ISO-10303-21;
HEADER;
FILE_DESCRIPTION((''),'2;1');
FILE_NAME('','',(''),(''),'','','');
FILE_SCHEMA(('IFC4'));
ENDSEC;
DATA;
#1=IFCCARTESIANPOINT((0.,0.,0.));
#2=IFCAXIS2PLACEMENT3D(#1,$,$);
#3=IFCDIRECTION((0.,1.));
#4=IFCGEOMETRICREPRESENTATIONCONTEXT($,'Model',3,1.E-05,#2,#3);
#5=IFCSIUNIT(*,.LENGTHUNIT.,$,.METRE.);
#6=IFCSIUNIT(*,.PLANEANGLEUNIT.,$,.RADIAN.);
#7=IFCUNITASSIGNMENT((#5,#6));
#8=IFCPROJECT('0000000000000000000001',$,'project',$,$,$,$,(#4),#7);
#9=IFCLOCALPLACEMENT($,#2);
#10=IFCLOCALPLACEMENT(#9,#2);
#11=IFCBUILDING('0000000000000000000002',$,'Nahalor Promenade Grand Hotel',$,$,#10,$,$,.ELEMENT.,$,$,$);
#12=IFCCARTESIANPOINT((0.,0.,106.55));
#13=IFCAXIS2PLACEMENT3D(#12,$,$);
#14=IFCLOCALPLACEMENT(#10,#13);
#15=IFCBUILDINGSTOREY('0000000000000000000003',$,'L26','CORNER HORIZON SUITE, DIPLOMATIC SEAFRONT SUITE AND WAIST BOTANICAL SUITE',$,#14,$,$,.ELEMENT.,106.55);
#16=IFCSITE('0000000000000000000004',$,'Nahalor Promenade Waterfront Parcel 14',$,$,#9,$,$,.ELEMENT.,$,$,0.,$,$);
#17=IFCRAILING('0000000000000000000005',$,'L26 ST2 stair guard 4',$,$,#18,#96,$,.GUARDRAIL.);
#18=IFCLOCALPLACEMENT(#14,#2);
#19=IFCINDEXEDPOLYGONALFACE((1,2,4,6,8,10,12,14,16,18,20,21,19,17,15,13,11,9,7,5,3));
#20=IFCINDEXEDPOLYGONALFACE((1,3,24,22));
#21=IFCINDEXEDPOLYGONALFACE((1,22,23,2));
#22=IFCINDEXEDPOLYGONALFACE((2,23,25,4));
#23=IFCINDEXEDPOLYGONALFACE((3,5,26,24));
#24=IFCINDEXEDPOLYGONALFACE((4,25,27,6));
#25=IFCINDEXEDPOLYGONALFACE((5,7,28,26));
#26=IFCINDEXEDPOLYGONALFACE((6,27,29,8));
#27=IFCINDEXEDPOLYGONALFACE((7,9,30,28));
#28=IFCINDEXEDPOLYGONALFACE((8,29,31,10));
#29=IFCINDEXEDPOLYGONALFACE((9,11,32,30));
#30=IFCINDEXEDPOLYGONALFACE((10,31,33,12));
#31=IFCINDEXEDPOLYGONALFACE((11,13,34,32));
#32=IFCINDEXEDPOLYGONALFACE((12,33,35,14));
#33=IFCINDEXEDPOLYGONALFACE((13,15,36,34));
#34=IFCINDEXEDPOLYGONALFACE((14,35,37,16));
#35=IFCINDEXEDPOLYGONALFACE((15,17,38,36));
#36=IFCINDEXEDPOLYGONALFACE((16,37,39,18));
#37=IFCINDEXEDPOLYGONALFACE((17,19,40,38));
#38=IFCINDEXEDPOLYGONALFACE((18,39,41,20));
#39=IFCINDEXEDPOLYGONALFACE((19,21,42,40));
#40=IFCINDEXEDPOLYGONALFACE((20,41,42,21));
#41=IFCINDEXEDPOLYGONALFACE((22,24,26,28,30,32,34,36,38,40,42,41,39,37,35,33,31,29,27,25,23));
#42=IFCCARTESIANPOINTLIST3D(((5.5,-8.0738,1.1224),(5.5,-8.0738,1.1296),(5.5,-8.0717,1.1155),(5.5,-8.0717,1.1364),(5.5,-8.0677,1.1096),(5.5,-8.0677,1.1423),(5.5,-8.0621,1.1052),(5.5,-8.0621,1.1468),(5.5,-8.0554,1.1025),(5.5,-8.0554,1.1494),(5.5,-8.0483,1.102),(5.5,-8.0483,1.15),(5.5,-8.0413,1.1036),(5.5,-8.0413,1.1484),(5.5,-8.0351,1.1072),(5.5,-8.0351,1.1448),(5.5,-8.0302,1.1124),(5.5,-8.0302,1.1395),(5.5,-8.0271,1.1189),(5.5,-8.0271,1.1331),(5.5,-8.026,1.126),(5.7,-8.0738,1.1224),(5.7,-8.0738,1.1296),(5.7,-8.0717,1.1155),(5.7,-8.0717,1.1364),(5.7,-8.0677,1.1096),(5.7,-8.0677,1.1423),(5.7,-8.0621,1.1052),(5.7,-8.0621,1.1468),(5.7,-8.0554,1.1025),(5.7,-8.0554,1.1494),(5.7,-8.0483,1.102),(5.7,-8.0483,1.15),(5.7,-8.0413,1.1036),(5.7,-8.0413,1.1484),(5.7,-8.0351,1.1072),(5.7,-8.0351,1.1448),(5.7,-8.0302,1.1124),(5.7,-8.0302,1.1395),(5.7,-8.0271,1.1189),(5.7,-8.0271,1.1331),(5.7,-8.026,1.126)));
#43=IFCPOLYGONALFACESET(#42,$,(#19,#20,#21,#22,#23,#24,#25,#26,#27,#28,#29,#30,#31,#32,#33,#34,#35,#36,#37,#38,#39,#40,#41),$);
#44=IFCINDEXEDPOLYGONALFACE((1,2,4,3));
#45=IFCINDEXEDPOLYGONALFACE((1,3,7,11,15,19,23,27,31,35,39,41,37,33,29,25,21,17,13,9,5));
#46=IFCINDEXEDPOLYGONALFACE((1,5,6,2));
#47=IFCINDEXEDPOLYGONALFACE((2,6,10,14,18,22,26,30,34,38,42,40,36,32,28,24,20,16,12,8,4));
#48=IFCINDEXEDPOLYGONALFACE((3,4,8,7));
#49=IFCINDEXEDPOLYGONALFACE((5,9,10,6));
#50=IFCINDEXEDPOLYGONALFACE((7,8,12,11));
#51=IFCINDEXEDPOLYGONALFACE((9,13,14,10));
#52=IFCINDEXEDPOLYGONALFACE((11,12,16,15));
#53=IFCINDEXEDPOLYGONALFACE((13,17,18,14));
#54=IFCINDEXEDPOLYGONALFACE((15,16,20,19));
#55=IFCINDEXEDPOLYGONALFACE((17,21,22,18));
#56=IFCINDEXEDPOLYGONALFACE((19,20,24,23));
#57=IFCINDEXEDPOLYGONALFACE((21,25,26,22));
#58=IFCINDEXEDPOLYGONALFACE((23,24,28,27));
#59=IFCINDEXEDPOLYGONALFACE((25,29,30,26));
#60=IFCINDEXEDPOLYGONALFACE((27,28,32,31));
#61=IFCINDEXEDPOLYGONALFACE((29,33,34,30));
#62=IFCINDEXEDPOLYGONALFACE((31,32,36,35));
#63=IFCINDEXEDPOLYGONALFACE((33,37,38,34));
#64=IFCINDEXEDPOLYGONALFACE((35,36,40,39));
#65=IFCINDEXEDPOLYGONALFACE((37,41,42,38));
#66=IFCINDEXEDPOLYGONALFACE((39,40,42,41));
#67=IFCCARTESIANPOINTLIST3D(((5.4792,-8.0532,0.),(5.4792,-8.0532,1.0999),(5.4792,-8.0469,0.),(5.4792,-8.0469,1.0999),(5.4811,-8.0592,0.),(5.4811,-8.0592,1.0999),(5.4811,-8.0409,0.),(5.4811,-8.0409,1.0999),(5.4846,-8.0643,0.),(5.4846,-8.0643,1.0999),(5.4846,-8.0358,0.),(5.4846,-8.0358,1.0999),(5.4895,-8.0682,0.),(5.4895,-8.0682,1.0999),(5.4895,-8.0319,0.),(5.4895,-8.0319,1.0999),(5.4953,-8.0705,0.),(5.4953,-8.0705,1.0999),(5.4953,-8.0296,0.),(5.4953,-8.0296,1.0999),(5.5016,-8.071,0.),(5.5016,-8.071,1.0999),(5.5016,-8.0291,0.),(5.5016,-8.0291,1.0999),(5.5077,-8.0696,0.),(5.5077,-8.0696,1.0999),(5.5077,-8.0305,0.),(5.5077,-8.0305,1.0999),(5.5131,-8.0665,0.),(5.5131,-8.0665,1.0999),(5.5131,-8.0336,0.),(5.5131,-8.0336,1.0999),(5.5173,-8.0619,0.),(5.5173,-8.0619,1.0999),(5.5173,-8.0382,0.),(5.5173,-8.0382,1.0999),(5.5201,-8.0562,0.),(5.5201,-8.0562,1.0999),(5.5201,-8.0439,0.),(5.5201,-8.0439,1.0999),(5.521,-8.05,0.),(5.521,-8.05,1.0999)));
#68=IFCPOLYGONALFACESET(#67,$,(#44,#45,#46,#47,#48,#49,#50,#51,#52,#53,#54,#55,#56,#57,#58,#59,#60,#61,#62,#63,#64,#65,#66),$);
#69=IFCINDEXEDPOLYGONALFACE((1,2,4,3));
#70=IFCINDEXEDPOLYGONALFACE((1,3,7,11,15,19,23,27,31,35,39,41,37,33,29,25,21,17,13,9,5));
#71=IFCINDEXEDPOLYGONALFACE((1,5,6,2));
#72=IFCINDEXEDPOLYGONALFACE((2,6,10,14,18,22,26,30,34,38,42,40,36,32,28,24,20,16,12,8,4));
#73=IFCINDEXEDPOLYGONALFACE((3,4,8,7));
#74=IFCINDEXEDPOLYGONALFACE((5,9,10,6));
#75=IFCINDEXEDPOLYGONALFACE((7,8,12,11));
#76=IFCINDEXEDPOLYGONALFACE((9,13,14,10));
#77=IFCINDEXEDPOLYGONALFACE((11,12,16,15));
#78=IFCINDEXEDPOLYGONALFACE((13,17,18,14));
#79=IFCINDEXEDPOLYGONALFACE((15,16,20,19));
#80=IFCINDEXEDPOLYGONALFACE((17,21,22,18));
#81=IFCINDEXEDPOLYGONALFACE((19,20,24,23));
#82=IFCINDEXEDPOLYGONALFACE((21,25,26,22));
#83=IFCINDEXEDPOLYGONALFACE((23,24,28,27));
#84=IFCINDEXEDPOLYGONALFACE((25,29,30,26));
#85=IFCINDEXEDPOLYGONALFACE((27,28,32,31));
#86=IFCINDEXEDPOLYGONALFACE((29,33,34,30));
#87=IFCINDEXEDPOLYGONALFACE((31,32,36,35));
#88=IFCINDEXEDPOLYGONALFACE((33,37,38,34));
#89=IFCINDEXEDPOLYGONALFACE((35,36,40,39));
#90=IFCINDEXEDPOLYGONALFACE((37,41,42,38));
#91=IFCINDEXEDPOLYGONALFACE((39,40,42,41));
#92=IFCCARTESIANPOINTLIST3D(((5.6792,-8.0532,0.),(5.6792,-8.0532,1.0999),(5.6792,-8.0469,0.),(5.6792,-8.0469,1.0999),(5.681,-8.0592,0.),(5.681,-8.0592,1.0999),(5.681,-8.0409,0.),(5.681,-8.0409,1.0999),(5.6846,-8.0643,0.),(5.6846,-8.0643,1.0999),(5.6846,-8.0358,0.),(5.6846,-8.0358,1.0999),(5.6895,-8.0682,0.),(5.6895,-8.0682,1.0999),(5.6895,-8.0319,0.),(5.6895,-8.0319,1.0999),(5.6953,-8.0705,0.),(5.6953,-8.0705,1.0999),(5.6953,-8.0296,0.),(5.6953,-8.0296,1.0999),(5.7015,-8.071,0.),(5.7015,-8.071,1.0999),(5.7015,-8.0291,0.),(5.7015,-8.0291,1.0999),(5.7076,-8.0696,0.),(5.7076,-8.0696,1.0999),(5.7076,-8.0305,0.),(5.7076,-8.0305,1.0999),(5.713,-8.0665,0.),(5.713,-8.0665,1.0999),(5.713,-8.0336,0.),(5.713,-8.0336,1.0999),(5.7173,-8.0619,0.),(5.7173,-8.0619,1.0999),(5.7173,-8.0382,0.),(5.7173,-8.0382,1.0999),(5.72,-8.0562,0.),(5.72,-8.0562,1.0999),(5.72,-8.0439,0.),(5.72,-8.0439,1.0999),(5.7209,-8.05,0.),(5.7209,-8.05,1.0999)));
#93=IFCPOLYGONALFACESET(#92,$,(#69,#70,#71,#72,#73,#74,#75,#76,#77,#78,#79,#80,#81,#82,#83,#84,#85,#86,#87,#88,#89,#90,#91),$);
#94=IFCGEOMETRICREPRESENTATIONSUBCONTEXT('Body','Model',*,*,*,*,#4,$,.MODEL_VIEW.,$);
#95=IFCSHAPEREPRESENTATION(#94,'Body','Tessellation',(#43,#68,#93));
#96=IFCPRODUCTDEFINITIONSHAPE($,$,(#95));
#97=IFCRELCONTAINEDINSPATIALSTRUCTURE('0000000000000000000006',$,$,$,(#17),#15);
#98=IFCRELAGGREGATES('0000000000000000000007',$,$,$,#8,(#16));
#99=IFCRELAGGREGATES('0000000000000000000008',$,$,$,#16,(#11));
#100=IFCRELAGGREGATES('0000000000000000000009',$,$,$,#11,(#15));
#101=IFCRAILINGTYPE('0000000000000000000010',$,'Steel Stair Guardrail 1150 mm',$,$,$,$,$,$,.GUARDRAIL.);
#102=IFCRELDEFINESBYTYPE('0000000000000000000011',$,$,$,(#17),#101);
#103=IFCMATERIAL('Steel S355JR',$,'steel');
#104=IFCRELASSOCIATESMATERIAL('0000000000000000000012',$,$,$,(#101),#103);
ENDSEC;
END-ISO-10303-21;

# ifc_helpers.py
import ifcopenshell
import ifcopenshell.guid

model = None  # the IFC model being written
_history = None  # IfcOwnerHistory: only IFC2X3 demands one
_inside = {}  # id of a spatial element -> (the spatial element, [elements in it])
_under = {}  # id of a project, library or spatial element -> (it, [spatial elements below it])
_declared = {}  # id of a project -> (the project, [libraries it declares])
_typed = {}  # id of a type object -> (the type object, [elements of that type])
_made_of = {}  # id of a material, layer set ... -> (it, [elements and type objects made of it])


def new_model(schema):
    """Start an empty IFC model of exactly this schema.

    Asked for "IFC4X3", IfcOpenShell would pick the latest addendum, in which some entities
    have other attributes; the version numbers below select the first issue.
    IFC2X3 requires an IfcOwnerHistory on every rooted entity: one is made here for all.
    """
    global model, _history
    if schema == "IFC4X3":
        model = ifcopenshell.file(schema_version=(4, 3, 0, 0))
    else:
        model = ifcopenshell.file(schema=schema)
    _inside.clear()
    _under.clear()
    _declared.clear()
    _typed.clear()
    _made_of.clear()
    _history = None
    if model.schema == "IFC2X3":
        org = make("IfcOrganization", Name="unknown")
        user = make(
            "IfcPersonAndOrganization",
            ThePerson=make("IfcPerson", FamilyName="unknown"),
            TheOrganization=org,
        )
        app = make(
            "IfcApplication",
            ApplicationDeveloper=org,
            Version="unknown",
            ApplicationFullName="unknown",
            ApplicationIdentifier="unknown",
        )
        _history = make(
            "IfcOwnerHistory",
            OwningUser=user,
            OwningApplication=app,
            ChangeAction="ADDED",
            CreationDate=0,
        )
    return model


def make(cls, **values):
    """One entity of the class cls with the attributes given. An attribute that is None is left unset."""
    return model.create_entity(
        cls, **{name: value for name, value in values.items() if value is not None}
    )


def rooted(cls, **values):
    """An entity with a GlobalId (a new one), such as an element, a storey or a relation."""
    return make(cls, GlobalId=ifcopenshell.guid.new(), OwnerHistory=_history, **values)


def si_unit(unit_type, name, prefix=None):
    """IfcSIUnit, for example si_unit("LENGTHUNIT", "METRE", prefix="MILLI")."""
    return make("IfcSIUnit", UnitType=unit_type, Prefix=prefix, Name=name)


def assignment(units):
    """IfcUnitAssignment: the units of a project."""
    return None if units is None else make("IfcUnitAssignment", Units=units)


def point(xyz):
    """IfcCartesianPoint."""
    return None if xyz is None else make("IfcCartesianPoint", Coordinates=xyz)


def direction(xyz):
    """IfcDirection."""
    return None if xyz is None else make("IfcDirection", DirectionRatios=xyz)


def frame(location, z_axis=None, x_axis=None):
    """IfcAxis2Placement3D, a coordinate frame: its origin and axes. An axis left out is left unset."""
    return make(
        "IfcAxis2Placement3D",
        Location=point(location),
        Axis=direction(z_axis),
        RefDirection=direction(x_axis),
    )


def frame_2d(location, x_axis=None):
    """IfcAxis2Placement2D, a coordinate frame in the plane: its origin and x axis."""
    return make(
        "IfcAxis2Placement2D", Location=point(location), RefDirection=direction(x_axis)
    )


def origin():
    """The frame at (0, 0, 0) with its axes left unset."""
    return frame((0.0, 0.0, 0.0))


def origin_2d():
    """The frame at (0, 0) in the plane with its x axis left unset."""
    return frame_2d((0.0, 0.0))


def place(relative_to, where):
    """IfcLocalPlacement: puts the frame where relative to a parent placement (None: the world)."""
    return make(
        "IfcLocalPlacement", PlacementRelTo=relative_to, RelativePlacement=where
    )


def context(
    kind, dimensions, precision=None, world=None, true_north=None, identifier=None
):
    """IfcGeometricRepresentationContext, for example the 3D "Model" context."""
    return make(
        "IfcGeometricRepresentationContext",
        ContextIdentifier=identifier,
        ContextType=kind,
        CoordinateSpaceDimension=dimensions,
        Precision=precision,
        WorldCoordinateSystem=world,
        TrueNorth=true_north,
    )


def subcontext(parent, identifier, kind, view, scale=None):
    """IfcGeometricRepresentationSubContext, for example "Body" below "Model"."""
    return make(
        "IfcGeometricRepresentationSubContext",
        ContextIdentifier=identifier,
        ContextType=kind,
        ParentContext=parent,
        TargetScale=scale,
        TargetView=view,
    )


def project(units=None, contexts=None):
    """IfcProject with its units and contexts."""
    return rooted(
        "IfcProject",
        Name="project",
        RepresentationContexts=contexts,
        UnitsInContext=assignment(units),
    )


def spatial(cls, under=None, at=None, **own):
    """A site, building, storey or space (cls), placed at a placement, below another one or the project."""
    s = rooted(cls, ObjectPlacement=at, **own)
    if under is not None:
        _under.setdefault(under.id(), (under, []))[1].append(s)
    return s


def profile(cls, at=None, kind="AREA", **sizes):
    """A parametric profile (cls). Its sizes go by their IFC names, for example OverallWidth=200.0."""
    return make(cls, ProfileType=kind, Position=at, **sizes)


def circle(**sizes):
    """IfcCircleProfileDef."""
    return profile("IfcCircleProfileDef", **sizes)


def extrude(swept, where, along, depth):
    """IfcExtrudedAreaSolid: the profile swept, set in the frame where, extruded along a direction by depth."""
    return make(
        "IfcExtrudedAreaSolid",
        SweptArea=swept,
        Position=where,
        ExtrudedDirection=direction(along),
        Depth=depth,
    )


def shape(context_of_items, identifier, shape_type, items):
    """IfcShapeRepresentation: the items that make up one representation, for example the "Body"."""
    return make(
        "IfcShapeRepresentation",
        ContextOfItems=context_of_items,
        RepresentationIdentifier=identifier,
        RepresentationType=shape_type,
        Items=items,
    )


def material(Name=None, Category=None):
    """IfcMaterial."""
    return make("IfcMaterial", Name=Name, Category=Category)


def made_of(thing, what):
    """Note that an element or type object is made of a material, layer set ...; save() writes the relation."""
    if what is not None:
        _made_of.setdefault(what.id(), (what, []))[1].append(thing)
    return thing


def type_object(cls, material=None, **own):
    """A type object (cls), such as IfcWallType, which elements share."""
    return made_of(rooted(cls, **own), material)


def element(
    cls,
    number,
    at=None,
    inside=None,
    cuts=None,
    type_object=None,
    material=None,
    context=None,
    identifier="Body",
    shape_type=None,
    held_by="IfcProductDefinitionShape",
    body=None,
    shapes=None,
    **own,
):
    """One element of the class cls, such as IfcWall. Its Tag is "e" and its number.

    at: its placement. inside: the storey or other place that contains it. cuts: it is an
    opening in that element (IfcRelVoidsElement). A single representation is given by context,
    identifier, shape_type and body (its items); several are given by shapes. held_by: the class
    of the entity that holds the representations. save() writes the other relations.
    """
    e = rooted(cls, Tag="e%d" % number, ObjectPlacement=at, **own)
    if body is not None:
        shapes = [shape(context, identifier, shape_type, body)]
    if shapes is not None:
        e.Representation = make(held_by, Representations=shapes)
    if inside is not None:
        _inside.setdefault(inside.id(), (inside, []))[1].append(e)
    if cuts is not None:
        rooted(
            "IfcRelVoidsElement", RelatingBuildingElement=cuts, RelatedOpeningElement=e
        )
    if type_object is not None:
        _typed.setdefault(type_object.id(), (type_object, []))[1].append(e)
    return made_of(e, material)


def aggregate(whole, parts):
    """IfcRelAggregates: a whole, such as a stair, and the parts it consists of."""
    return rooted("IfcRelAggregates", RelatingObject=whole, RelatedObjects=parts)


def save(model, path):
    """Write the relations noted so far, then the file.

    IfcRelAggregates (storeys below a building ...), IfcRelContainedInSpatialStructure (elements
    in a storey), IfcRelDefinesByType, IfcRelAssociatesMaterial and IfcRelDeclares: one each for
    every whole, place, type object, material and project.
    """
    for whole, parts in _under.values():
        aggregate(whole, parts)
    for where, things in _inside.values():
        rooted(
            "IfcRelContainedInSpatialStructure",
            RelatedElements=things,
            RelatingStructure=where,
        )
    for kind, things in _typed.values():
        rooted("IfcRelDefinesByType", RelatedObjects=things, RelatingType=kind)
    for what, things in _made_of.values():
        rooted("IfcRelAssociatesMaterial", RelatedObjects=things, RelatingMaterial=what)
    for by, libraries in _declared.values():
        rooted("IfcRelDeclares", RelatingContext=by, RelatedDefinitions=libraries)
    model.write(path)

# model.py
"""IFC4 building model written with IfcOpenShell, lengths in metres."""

from ifc_helpers import new_model, si_unit, direction, frame, origin, origin_2d, place, context, subcontext, project, spatial, circle, extrude, material, type_object, element, save


model = new_model("IFC4")

# Units and contexts
model_context = context("Model", 3, precision=1e-05, world=origin(), true_north=direction((0.0, 1.0)))
body_context = subcontext(model_context, "Body", "Model", "MODEL_VIEW")
ifc_project = project(units=[si_unit("LENGTHUNIT", "METRE"), si_unit("PLANEANGLEUNIT", "RADIAN")], contexts=[model_context])

# Site, building, storey
site_placement = place(None, origin())
site = spatial("IfcSite", under=ifc_project, at=site_placement, Name="Nahalor Promenade Waterfront Parcel 14", CompositionType="ELEMENT", RefElevation=0.0)
building_placement = place(site_placement, origin())
building = spatial("IfcBuilding", under=site, at=building_placement, Name="Nahalor Promenade Grand Hotel", CompositionType="ELEMENT")
storey_placement = place(building_placement, frame((0.0, 0.0, 106.55)))
storey = spatial("IfcBuildingStorey", under=building, at=storey_placement, Name="L26", Description="CORNER HORIZON SUITE, DIPLOMATIC SEAFRONT SUITE AND WAIST BOTANICAL SUITE", CompositionType="ELEMENT", Elevation=106.55)

# Shared definitions
ifc_material_1 = material(Name="Steel S355JR", Category="steel")

# Railing
railing_type_1 = type_object("IfcRailingType", Name="Steel Stair Guardrail 1150 mm", PredefinedType="GUARDRAIL", material=ifc_material_1)
railing_1_placement = place(storey_placement, frame((5.5, -8.05, 0.0)))
element("IfcRailing", 1, at=railing_1_placement, inside=storey, type_object=railing_type_1, Name="L26 ST2 stair guard 4", PredefinedType="GUARDRAIL", context=body_context, shape_type="SweptSolid", body=[
    extrude(circle(Radius=0.024, at=origin_2d()), frame((0.0, 0.0, 1.126), z_axis=(1.0, 0.0, 0.0), x_axis=(0.0, 1.0, 0.0)), (0.0, 0.0, 1.0), 0.2),
    extrude(circle(Radius=0.021, at=origin_2d()), origin(), (0.0, 0.0, 1.0), 1.0999),
    extrude(circle(Radius=0.021, at=origin_2d()), frame((0.2, 0.0, 0.0)), (0.0, 0.0, 1.0), 1.0999),
])

save(model, "model.ifc")
